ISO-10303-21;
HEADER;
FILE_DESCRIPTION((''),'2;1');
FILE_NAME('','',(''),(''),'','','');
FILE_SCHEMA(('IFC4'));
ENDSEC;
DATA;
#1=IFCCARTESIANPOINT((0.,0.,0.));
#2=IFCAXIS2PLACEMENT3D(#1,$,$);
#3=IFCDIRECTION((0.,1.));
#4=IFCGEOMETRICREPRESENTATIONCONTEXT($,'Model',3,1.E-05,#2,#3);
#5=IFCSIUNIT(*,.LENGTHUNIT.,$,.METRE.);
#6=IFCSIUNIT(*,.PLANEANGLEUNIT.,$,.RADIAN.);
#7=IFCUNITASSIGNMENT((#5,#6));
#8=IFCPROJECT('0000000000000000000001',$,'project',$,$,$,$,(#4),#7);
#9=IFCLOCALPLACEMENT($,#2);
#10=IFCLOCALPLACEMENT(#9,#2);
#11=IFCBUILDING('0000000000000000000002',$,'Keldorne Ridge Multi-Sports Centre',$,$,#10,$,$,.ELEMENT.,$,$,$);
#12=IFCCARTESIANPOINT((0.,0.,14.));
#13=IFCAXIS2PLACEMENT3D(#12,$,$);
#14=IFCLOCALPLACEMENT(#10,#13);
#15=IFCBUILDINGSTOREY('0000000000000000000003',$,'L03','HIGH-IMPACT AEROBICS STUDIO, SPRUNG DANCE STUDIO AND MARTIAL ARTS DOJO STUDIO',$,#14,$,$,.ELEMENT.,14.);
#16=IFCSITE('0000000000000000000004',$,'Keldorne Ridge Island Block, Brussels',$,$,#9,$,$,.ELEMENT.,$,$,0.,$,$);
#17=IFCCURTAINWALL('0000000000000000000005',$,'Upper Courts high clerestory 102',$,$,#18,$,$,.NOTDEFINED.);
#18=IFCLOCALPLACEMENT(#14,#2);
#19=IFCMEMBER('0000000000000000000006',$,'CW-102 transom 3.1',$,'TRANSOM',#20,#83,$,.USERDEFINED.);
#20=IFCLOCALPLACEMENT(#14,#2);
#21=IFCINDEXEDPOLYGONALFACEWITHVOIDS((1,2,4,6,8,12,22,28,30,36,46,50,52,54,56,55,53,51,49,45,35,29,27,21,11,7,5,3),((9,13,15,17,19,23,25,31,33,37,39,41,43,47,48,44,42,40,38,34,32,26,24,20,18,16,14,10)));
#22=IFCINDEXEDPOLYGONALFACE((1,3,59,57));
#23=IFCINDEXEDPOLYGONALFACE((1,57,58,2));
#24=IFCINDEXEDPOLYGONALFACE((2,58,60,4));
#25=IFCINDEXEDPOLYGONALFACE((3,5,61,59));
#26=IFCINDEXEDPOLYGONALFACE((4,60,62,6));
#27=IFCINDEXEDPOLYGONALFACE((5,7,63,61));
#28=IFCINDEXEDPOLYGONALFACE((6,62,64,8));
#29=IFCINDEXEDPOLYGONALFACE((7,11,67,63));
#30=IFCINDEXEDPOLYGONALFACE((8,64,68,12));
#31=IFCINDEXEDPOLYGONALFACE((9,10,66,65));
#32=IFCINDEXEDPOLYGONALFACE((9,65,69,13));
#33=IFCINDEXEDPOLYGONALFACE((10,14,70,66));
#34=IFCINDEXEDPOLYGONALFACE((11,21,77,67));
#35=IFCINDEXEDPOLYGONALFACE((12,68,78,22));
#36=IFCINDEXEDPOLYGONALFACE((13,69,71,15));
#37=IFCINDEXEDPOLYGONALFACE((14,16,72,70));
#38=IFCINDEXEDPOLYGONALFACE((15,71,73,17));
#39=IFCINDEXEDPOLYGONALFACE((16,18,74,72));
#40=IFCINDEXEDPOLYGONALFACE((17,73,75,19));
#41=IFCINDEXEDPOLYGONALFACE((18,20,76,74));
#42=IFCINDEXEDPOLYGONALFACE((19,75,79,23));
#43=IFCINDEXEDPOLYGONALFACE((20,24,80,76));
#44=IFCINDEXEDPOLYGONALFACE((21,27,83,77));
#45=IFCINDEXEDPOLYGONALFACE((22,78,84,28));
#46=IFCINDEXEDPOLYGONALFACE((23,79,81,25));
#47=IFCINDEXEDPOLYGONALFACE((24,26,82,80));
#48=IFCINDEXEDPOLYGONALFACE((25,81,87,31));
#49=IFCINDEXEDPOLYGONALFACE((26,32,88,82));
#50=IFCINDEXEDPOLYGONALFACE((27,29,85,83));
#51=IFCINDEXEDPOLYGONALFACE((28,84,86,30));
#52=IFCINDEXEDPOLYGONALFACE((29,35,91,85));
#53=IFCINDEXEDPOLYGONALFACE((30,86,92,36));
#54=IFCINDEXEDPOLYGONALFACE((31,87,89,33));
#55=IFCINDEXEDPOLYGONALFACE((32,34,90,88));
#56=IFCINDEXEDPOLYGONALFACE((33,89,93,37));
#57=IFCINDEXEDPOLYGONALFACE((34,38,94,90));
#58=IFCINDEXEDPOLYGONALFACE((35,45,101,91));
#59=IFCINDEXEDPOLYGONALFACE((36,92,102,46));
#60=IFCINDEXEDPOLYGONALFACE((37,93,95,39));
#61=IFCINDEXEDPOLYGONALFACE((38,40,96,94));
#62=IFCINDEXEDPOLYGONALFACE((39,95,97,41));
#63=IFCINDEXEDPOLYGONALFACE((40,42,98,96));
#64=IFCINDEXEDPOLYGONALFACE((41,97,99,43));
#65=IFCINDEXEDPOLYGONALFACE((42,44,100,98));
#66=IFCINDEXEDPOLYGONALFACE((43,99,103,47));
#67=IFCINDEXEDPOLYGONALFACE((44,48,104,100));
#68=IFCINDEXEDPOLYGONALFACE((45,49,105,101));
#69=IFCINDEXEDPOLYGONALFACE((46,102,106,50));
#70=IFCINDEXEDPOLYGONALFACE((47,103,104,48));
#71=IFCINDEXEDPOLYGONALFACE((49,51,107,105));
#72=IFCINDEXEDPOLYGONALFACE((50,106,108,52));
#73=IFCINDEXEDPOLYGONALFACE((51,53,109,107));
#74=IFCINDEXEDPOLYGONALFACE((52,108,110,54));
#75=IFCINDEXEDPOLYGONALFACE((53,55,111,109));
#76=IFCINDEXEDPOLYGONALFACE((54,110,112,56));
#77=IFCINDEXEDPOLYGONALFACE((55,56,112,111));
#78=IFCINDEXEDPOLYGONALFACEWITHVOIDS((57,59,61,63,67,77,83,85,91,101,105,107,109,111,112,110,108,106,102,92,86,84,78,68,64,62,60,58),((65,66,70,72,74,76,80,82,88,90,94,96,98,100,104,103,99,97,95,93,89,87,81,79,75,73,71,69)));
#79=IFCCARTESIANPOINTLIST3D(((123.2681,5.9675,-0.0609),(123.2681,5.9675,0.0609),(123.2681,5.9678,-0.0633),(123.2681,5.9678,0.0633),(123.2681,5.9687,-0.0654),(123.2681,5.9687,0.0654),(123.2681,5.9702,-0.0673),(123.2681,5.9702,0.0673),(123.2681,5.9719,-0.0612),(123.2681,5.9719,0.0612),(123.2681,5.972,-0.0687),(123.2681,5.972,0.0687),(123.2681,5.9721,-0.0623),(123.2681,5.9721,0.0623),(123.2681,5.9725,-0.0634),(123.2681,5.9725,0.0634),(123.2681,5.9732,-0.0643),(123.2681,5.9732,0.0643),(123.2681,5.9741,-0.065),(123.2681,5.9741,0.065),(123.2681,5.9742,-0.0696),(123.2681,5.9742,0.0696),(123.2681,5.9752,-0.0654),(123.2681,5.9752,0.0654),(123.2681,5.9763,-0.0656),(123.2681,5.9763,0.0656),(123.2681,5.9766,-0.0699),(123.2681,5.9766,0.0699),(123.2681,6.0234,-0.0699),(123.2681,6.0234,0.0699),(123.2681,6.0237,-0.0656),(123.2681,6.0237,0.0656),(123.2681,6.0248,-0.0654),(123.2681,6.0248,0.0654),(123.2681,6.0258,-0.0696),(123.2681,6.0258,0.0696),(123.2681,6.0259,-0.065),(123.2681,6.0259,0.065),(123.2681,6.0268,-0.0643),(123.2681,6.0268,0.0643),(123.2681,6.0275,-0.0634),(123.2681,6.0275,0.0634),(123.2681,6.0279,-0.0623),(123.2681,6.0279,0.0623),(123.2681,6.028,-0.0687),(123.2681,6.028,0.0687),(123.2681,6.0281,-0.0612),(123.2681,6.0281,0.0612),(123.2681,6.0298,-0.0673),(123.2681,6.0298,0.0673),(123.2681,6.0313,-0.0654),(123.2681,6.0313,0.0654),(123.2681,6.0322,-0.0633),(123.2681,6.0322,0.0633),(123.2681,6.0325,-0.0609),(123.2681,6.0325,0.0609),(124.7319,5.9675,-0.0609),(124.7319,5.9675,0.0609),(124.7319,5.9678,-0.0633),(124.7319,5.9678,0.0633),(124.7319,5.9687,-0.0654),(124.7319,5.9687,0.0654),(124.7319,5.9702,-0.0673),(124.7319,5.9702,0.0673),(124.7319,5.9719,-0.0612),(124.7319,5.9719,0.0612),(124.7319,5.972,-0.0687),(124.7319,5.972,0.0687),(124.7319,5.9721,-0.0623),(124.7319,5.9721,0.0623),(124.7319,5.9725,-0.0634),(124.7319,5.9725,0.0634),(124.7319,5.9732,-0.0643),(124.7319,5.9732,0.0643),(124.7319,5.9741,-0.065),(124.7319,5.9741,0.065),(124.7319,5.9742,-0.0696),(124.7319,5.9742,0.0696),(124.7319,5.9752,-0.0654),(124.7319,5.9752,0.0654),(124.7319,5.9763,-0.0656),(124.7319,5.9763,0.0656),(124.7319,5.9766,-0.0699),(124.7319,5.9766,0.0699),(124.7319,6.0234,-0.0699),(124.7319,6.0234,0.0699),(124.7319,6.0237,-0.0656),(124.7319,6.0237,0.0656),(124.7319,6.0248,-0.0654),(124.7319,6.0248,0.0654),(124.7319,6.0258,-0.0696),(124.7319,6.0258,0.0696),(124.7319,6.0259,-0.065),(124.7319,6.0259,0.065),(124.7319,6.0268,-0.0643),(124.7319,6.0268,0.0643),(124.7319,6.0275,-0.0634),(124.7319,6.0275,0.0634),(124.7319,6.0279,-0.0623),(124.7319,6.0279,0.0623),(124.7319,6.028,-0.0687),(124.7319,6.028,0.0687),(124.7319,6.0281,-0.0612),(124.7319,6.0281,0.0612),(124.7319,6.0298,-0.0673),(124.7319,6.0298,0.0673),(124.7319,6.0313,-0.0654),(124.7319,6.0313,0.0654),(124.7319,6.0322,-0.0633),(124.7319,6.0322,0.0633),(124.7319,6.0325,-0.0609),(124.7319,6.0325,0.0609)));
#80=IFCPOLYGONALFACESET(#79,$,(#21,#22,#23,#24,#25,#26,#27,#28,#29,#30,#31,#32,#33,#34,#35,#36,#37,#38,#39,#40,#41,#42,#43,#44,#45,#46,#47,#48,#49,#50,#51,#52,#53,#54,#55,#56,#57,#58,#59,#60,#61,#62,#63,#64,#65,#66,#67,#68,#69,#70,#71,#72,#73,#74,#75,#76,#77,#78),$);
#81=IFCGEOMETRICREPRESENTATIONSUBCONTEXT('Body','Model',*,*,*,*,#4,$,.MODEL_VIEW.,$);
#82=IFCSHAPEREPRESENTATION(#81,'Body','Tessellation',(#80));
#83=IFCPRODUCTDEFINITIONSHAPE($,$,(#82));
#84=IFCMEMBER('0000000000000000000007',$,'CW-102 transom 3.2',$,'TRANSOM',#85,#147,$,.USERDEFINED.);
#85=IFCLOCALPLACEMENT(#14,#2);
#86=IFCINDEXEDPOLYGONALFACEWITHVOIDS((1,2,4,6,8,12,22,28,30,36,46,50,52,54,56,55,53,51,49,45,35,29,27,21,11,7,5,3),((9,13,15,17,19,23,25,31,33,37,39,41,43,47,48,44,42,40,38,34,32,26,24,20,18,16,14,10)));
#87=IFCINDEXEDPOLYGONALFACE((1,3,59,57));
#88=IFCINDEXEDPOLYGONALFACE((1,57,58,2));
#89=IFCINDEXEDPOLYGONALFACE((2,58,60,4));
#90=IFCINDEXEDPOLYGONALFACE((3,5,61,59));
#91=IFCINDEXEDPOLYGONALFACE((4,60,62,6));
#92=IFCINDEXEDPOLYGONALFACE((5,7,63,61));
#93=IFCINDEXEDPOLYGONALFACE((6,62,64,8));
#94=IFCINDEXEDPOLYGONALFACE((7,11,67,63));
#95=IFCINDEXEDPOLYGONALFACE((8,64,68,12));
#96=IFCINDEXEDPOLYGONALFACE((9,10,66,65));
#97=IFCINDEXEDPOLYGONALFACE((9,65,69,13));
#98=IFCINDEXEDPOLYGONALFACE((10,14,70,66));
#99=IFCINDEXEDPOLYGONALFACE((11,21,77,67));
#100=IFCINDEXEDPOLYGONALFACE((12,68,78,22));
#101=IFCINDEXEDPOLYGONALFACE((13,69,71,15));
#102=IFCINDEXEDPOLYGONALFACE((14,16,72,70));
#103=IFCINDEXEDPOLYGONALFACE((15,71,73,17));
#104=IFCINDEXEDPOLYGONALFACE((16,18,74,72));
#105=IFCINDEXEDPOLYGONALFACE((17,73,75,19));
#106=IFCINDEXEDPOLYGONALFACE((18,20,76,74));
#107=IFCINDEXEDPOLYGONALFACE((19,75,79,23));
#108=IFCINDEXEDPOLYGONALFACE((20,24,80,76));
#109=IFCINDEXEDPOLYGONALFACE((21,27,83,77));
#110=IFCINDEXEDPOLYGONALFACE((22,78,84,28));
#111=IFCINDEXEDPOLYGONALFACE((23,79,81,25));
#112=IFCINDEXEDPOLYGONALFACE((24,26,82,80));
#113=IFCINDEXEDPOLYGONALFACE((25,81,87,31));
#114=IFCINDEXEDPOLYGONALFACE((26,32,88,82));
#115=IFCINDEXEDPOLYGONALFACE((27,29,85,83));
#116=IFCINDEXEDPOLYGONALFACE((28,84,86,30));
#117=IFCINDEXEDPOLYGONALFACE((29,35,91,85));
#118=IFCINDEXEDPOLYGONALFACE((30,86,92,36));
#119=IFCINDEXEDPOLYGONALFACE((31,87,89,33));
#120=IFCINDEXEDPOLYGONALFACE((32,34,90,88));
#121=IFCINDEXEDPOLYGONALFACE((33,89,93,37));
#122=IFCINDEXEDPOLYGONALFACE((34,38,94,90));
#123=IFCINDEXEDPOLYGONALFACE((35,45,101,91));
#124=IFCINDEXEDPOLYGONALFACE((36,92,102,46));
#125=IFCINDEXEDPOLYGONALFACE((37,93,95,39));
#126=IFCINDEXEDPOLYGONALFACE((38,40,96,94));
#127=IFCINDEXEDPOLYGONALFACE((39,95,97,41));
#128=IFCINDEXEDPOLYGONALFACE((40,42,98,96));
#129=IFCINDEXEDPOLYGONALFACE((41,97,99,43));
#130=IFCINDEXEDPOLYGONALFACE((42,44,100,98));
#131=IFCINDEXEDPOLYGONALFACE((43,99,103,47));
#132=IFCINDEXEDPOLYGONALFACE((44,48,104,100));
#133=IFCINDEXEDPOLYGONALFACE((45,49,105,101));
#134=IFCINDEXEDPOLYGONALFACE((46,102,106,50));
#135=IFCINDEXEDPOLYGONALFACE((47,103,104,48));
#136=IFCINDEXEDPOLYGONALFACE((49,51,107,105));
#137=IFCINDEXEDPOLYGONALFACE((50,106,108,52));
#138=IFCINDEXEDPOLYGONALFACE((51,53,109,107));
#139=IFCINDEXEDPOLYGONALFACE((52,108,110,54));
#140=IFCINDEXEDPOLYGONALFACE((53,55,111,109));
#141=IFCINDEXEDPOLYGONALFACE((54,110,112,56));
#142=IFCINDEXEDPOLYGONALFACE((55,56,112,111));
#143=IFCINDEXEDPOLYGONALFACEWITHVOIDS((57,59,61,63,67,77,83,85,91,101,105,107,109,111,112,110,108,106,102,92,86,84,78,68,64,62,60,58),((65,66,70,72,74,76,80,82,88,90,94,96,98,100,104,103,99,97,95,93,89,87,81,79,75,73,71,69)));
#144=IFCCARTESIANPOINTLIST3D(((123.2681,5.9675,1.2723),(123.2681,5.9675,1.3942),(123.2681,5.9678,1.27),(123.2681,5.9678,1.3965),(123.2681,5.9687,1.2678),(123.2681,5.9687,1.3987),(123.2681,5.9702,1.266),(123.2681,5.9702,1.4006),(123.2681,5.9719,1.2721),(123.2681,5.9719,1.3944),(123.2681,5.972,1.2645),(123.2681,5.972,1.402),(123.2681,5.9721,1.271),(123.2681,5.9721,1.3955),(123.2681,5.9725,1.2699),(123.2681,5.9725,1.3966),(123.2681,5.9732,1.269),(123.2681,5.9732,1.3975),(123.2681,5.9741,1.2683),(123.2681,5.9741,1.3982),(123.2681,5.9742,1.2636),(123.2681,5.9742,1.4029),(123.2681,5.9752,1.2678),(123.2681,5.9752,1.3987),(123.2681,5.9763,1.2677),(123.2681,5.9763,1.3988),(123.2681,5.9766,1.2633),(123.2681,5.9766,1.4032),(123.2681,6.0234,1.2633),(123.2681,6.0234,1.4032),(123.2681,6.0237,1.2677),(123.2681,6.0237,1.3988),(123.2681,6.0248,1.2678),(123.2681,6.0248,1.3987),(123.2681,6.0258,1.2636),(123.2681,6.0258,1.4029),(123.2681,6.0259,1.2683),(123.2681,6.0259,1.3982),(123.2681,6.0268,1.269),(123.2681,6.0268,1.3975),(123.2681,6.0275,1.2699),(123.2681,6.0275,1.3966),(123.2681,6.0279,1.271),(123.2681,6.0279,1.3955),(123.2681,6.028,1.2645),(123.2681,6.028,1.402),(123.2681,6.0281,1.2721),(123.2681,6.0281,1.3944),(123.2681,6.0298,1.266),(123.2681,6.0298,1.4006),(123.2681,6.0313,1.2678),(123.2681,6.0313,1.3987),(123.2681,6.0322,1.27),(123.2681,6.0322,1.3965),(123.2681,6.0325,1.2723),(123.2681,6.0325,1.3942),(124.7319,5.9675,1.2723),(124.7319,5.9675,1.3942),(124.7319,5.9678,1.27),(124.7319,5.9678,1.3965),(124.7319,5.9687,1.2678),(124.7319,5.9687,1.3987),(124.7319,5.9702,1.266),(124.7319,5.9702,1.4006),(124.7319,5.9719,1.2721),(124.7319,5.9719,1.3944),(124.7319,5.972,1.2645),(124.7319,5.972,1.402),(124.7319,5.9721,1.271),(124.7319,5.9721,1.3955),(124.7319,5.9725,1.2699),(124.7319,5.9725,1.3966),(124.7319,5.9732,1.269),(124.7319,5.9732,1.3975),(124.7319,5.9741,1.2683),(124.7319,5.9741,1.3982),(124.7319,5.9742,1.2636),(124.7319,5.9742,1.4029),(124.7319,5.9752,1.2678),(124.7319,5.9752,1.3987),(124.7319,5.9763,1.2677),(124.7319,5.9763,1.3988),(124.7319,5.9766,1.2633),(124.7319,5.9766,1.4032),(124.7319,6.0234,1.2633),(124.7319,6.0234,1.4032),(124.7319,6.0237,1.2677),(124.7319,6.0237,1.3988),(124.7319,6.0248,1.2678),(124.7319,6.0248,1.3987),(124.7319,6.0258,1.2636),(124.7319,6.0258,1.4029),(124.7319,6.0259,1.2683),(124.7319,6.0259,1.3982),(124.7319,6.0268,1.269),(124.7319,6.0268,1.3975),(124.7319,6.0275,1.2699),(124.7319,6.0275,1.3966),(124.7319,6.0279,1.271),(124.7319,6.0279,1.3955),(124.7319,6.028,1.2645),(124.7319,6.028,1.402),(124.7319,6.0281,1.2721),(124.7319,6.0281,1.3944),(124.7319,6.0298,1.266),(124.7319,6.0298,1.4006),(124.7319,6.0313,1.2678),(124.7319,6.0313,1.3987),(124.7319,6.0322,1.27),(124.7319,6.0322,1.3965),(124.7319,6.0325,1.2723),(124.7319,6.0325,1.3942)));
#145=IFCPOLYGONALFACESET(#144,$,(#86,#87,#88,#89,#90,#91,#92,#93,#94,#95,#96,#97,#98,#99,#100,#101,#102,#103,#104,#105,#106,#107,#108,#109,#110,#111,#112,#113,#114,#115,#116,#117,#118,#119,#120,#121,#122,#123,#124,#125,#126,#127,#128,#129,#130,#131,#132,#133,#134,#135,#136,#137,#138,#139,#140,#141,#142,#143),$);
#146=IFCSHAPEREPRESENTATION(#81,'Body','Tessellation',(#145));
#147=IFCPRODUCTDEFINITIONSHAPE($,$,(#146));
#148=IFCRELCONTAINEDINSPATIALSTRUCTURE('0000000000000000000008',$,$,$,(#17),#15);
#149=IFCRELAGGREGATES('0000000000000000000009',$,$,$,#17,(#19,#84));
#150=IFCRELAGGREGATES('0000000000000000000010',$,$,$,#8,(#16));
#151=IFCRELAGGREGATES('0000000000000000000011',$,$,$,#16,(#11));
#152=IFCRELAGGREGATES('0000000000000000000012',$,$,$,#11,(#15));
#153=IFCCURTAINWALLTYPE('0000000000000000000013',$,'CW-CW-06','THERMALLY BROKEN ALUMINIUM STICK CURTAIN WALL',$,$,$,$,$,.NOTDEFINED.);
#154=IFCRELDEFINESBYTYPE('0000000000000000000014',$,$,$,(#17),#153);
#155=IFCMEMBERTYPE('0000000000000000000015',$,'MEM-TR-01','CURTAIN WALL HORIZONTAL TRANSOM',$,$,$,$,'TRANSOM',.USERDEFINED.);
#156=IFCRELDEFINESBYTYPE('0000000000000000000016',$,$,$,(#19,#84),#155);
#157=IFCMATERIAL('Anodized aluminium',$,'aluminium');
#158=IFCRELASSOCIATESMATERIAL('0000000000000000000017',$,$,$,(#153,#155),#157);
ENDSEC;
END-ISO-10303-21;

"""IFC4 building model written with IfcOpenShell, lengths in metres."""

from ifc_helpers import new_model, si_unit, direction, frame, origin, origin_2d, place, context, subcontext, project, spatial, hollow_rectangle, extrude, material, material_profile, profile_set, type_object, element, aggregate, save


model = new_model("IFC4")

# Units and contexts
model_context = context("Model", 3, precision=1e-05, world=origin(), true_north=direction((0.0, 1.0)))
body_context = subcontext(model_context, "Body", "Model", "MODEL_VIEW")
ifc_project = project(units=[si_unit("LENGTHUNIT", "METRE"), si_unit("PLANEANGLEUNIT", "RADIAN")], contexts=[model_context])

# Site, building, storey
site_placement = place(None, origin())
site = spatial("IfcSite", under=ifc_project, at=site_placement, Name="Keldorne Ridge Island Block, Brussels", CompositionType="ELEMENT", RefElevation=0.0)
building_placement = place(site_placement, origin())
building = spatial("IfcBuilding", under=site, at=building_placement, Name="Keldorne Ridge Multi-Sports Centre", CompositionType="ELEMENT")
storey_placement = place(building_placement, frame((0.0, 0.0, 14.0)))
storey = spatial("IfcBuildingStorey", under=building, at=storey_placement, Name="L03", Description="HIGH-IMPACT AEROBICS STUDIO, SPRUNG DANCE STUDIO AND MARTIAL ARTS DOJO STUDIO", CompositionType="ELEMENT", Elevation=14.0)

# Curtain wall, members
ifc_material_1 = material(Name="Anodized aluminium", Category="aluminium")
curtain_wall_type = type_object("IfcCurtainWallType", Name="CW-CW-06", Description="THERMALLY BROKEN ALUMINIUM STICK CURTAIN WALL", PredefinedType="NOTDEFINED", material=ifc_material_1)
curtain_wall_placement = place(storey_placement, origin())
curtain_wall = element("IfcCurtainWall", 1, at=curtain_wall_placement, inside=storey, type_object=curtain_wall_type, Name="Upper Courts high clerestory 102", PredefinedType="NOTDEFINED")
ifc_material_profile_1 = material_profile(ifc_material_1, hollow_rectangle(XDim=0.0649, YDim=0.1399, WallThickness=0.0044, InnerFilletRadius=0.0044, OuterFilletRadius=0.009, at=origin_2d()), Name="ALU TRANSOM 140x65x4.5")
ifc_profile_set_1 = profile_set([ifc_material_profile_1], Name="Anodized aluminium")
member_type_1 = type_object("IfcMemberType", Name="MEM-TR-01", Description="CURTAIN WALL HORIZONTAL TRANSOM", ElementType="TRANSOM", PredefinedType="USERDEFINED", material=ifc_profile_set_1)
member_1_placement = place(storey_placement, frame((123.2681, 6.0, 0.0), z_axis=(1.0, 0.0, 0.0), x_axis=(0.0, 1.0, 0.0)))
member_1 = element("IfcMember", 2, at=member_1_placement, type_object=member_type_1, Name="CW-102 transom 3.1", ObjectType="TRANSOM", PredefinedType="USERDEFINED", context=body_context, shape_type="SweptSolid", body=[
    extrude(hollow_rectangle(XDim=0.0649, YDim=0.1399, WallThickness=0.0044, InnerFilletRadius=0.0044, OuterFilletRadius=0.009, at=origin_2d()), origin(), (0.0, 0.0, 1.0), 1.4639),
])
member_2_placement = place(storey_placement, frame((123.2681, 6.0, 1.3333), z_axis=(1.0, 0.0, 0.0), x_axis=(0.0, 1.0, 0.0)))
member_2 = element("IfcMember", 3, at=member_2_placement, type_object=member_type_1, Name="CW-102 transom 3.2", ObjectType="TRANSOM", PredefinedType="USERDEFINED", context=body_context, shape_type="SweptSolid", body=[
    extrude(hollow_rectangle(XDim=0.0649, YDim=0.1399, WallThickness=0.0044, InnerFilletRadius=0.0044, OuterFilletRadius=0.009, at=origin_2d()), origin(), (0.0, 0.0, 1.0), 1.4639),
])
aggregate(curtain_wall, [member_1, member_2])

save(model, "model.ifc")
